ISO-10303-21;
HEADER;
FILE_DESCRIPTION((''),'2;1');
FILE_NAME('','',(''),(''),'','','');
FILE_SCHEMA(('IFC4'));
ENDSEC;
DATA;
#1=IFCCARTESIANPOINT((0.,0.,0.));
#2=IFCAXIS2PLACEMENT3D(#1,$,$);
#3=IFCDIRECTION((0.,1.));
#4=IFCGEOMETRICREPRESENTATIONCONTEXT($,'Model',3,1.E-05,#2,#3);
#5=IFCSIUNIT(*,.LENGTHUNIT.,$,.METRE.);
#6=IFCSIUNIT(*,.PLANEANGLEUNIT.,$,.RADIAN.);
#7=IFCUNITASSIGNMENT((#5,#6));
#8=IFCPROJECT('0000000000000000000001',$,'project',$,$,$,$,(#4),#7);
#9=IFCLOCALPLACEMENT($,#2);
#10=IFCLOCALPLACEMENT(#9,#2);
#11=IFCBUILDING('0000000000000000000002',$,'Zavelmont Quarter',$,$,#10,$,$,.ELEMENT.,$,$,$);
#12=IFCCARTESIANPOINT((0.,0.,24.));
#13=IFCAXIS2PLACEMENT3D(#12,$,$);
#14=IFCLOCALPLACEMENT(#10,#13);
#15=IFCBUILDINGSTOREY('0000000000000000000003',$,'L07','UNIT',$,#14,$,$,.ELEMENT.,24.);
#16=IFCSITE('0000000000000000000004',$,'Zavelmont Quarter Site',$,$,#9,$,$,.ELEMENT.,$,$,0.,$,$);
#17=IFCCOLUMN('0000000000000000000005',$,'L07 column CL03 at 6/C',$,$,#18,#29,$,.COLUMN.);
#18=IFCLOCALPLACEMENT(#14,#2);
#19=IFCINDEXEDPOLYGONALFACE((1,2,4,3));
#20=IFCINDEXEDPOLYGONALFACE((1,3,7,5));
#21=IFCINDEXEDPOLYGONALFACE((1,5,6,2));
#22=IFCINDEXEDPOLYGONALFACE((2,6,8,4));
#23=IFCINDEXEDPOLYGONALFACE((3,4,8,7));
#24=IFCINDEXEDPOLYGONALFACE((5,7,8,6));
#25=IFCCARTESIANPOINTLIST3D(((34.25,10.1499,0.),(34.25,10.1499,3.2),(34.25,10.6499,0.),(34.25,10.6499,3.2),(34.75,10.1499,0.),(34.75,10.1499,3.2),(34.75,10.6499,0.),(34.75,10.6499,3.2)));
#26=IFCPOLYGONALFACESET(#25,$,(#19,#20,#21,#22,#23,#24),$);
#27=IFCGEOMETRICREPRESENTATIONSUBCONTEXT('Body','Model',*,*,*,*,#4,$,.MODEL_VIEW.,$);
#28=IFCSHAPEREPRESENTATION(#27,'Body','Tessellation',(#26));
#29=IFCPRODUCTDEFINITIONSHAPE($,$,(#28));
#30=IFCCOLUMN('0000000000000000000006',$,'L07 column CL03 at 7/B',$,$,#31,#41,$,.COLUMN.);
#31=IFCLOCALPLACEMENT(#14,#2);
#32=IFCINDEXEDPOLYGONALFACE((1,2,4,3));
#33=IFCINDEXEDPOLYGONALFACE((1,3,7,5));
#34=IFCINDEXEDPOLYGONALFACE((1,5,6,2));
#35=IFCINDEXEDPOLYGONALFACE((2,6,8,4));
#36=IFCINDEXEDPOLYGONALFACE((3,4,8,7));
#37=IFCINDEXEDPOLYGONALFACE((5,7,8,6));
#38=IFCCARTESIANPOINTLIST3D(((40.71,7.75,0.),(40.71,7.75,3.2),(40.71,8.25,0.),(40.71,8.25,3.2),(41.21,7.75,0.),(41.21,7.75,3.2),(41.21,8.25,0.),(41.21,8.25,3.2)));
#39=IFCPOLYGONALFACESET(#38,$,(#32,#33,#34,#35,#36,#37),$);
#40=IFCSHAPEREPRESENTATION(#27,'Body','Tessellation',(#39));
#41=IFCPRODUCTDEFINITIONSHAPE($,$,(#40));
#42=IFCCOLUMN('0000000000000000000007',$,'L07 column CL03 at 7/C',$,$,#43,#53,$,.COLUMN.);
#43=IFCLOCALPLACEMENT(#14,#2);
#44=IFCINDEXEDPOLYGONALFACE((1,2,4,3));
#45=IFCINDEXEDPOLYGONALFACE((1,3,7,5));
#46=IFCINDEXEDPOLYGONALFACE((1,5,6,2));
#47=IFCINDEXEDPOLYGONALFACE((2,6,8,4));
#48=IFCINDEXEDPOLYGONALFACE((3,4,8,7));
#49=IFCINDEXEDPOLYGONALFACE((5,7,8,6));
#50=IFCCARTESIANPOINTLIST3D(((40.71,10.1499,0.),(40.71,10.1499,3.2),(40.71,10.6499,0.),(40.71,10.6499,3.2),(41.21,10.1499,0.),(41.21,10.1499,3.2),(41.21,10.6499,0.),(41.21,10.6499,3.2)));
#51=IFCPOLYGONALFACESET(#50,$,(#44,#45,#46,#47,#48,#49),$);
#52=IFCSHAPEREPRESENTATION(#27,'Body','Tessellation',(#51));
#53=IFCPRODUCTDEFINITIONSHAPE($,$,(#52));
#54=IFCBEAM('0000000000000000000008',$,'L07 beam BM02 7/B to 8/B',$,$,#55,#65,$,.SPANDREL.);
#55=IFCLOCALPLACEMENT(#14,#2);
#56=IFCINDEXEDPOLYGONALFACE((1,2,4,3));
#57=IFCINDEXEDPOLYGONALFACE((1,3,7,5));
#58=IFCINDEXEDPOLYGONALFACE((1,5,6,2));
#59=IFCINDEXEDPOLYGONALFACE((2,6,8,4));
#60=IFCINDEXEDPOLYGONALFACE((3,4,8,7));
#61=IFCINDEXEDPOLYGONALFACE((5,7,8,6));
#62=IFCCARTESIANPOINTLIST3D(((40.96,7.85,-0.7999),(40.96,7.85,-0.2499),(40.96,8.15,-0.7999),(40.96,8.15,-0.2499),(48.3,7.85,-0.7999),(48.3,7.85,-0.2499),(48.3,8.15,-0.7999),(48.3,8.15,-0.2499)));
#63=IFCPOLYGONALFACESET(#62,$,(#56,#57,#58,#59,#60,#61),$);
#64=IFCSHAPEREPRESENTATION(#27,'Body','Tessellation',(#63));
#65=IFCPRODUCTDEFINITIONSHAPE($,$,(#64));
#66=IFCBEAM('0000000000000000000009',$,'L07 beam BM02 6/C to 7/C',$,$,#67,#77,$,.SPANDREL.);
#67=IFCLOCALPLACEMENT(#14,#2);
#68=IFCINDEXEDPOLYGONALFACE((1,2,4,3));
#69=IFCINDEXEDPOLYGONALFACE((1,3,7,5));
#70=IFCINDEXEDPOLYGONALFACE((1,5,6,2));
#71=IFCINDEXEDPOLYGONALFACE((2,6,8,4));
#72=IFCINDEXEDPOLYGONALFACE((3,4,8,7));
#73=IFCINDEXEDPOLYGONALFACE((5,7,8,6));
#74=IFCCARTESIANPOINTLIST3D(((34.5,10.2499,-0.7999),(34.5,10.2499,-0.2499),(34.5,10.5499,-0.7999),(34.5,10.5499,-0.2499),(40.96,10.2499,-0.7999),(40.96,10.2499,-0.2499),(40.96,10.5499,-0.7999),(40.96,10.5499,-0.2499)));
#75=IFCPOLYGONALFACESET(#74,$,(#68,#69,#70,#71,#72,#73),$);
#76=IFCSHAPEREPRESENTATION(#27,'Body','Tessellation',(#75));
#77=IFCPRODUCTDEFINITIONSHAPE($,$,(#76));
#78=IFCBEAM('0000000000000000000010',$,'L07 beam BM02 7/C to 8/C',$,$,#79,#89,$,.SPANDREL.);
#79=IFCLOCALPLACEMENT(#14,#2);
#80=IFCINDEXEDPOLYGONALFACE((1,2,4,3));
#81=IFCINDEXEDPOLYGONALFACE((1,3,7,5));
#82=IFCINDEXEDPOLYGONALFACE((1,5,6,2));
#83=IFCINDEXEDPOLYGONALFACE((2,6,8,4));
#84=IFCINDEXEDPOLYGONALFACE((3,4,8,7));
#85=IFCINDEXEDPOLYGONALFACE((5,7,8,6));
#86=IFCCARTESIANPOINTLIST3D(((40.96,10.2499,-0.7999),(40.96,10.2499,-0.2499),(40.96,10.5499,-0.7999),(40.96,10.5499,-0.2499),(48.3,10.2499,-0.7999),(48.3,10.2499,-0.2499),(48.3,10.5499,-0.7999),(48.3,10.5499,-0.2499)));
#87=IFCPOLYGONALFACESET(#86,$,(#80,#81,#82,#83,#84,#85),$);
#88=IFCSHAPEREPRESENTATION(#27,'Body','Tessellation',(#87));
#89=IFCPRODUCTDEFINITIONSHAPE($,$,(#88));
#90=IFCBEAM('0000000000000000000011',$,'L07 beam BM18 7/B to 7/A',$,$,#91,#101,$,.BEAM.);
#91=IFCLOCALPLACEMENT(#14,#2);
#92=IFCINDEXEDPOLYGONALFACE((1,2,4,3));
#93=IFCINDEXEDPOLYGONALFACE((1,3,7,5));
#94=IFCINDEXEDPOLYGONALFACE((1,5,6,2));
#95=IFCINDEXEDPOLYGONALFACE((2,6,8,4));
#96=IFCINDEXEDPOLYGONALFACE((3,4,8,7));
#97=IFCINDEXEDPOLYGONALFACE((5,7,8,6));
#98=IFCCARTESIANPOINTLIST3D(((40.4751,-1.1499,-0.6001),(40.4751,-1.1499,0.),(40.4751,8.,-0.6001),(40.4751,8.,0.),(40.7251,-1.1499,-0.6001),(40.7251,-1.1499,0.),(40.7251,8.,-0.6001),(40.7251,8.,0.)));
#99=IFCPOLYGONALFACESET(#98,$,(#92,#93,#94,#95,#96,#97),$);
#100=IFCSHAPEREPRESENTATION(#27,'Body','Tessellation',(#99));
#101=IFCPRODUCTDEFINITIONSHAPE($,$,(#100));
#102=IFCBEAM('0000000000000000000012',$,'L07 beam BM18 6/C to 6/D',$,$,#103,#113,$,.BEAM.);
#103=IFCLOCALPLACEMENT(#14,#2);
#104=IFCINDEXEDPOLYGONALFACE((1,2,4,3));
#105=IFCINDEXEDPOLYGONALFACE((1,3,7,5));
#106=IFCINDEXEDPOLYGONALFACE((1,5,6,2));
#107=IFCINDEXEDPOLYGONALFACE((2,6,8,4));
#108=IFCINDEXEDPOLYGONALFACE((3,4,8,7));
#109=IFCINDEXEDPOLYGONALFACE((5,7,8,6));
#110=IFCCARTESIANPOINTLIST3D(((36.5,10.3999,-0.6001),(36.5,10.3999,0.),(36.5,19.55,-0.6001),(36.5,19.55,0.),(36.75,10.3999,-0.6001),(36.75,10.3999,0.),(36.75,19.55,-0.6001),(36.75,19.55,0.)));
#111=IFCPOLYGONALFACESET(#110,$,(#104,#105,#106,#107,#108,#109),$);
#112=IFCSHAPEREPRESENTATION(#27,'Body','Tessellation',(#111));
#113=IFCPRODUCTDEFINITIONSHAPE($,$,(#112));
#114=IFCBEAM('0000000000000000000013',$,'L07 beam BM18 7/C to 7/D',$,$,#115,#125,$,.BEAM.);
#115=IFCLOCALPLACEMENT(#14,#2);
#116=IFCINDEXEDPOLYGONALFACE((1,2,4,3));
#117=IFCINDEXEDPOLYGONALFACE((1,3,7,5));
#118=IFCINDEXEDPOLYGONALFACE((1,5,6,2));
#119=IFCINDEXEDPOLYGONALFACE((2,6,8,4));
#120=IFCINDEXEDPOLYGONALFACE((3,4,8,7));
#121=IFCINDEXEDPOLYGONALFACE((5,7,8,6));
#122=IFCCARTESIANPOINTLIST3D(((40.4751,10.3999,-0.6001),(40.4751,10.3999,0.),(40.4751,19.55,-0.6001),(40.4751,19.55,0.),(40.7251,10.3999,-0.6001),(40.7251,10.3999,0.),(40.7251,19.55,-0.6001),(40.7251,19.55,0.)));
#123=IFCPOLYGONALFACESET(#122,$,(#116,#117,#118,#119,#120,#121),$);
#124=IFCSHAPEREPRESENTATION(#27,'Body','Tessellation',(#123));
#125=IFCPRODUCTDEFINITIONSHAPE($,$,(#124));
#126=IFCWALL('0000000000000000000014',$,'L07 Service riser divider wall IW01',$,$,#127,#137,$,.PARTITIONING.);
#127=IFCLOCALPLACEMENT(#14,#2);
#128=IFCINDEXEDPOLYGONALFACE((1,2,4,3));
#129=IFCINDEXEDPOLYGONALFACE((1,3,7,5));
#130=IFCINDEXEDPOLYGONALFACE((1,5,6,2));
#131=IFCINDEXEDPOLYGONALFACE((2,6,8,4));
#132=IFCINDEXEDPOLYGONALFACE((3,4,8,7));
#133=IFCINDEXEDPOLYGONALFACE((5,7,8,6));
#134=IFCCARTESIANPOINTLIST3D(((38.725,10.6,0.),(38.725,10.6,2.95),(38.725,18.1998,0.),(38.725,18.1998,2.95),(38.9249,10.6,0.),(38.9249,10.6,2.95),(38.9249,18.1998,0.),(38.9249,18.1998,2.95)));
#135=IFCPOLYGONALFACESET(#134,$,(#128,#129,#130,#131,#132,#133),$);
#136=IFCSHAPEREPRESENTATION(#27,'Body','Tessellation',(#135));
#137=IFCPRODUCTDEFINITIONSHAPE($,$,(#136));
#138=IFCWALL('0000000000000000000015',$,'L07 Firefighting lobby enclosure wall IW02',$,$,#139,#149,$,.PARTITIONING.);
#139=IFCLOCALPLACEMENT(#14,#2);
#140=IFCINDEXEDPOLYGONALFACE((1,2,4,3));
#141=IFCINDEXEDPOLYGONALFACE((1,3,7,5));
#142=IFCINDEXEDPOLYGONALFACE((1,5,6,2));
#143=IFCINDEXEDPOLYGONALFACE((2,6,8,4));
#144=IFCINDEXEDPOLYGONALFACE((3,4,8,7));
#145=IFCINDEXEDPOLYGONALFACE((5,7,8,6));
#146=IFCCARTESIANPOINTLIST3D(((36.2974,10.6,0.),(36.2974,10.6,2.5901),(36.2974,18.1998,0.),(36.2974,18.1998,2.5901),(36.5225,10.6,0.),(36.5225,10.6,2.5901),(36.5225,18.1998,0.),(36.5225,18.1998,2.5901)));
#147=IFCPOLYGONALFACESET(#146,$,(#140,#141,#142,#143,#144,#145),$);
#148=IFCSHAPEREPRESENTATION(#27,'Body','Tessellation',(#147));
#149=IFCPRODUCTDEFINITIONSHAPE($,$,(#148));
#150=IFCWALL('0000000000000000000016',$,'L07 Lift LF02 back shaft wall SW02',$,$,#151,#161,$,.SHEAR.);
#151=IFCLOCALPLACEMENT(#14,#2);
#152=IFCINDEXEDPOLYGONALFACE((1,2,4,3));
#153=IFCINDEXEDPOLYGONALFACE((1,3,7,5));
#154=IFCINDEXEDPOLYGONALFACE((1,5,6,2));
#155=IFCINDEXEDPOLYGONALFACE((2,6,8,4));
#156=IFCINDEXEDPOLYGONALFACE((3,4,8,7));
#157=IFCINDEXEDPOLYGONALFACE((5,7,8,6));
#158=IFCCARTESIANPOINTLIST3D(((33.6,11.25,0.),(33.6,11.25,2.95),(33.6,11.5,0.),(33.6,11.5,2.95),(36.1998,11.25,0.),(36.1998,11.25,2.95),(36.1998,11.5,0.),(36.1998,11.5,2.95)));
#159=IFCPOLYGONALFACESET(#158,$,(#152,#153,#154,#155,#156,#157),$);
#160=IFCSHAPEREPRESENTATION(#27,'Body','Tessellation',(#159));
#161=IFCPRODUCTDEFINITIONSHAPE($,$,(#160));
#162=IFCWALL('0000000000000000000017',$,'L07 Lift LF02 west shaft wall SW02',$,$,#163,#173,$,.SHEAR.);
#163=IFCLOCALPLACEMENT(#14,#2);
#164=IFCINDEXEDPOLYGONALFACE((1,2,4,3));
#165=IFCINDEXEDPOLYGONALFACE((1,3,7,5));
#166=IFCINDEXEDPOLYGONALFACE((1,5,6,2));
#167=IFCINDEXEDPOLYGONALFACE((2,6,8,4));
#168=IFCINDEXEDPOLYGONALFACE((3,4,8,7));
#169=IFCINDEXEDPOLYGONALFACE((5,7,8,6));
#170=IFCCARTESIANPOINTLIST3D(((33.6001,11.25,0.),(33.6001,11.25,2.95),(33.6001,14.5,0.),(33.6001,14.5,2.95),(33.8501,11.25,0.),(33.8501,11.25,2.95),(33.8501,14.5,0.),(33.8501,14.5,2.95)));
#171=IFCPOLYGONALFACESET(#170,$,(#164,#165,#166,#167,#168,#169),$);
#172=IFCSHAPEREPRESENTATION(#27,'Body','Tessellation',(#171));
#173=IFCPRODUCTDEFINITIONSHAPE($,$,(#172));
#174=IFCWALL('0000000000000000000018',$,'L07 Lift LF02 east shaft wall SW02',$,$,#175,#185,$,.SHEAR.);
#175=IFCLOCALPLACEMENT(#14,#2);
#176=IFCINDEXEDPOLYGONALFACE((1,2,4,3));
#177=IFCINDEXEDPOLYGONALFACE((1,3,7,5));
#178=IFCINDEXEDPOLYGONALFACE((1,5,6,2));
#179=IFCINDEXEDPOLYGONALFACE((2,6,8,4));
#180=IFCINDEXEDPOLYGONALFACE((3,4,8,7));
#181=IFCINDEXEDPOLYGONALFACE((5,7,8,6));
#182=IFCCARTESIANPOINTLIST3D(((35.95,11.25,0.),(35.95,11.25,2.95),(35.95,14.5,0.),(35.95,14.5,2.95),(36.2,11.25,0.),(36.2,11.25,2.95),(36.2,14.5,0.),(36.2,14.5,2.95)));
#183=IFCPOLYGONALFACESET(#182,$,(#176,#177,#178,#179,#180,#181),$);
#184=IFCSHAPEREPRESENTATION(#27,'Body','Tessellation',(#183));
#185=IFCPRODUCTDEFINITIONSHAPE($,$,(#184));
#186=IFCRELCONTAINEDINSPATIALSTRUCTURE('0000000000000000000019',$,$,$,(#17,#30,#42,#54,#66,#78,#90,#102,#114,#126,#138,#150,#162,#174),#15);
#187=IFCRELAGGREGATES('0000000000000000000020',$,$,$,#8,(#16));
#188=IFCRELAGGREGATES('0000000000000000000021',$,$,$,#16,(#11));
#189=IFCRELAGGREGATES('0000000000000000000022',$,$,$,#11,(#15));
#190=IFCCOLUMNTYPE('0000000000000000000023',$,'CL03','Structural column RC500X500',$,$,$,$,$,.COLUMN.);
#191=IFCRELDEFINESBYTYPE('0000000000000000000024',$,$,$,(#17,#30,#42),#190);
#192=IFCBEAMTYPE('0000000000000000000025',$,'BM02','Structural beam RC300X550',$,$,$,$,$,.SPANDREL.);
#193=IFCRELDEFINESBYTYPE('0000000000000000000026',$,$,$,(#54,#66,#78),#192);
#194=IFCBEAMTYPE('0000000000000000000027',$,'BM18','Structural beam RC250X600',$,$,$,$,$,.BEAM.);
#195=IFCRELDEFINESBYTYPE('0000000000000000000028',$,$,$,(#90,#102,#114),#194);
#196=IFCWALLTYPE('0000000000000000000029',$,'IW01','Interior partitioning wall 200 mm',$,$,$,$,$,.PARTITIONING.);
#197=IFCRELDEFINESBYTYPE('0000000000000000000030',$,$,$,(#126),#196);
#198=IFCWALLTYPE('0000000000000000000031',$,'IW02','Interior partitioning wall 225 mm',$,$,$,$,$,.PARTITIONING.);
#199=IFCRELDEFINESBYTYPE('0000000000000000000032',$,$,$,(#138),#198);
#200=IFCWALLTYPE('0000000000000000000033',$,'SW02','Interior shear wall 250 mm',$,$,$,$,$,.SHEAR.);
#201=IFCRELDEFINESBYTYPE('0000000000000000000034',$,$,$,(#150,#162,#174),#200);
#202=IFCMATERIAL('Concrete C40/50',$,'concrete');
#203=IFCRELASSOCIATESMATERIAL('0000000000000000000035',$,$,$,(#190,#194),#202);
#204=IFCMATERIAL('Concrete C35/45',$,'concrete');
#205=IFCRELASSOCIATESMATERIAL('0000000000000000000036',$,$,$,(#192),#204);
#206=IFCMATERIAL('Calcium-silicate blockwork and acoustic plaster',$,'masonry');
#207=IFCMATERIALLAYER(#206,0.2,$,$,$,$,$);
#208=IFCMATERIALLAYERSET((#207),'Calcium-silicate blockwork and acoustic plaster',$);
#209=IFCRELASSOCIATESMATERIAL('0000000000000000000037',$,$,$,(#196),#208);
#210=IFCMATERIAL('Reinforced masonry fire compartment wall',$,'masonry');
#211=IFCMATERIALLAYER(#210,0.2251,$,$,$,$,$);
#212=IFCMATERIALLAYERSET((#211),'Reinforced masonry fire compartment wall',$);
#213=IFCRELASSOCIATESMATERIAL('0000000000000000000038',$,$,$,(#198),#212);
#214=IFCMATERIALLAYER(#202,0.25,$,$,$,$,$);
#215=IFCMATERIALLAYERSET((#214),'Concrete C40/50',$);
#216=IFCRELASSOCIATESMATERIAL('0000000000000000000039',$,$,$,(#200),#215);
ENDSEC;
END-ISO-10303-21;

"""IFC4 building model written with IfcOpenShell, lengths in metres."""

from ifc_helpers import new_model, si_unit, direction, frame, frame_2d, origin, origin_2d, place, context, subcontext, project, spatial, rectangle, extrude, material, layer, layer_set, material_profile, profile_set, type_object, element, save


model = new_model("IFC4")

# Units and contexts
model_context = context("Model", 3, precision=1e-05, world=origin(), true_north=direction((0.0, 1.0)))
body_context = subcontext(model_context, "Body", "Model", "MODEL_VIEW")
ifc_project = project(units=[si_unit("LENGTHUNIT", "METRE"), si_unit("PLANEANGLEUNIT", "RADIAN")], contexts=[model_context])

# Site, building, storey
site_placement = place(None, origin())
site = spatial("IfcSite", under=ifc_project, at=site_placement, Name="Zavelmont Quarter Site", CompositionType="ELEMENT", RefElevation=0.0)
building_placement = place(site_placement, origin())
building = spatial("IfcBuilding", under=site, at=building_placement, Name="Zavelmont Quarter", CompositionType="ELEMENT")
storey_placement = place(building_placement, frame((0.0, 0.0, 24.0)))
storey = spatial("IfcBuildingStorey", under=building, at=storey_placement, Name="L07", Description="UNIT", CompositionType="ELEMENT", Elevation=24.0)

# Columns
ifc_material_1 = material(Name="Concrete C40/50", Category="concrete")
ifc_material_profile_1 = material_profile(ifc_material_1, rectangle(XDim=0.5, YDim=0.5, at=origin_2d()), Name="RC500X500")
ifc_profile_set_1 = profile_set([ifc_material_profile_1], Name="Concrete C40/50")
column_type = type_object("IfcColumnType", Name="CL03", Description="Structural column RC500X500", PredefinedType="COLUMN", material=ifc_profile_set_1)
for number, where, z_axis, x_axis, name in (
    (1, (34.5, 10.3999, 0.0), (0.0, 0.0, 1.0), (1.0, 0.0, 0.0), "L07 column CL03 at 6/C"),
    (2, (40.96, 8.0, 0.0), (0.0, 0.0, 1.0), (1.0, 0.0, 0.0), "L07 column CL03 at 7/B"),
    (3, (40.96, 10.3999, 0.0), (0.0, 0.0, 1.0), (1.0, 0.0, 0.0), "L07 column CL03 at 7/C"),
):
    element("IfcColumn", number, at=place(storey_placement, frame(where, z_axis=z_axis, x_axis=x_axis)), inside=storey, type_object=column_type, Name=name, PredefinedType="COLUMN", context=body_context, shape_type="SweptSolid", body=[
        extrude(rectangle(XDim=0.5, YDim=0.5, at=origin_2d()), origin(), (0.0, 0.0, 1.0), 3.2),
    ])

# Beams
ifc_material_2 = material(Name="Concrete C35/45", Category="concrete")
ifc_material_profile_2 = material_profile(ifc_material_2, rectangle(XDim=0.3, YDim=0.55, at=origin_2d()), Name="RC300X550")
ifc_profile_set_2 = profile_set([ifc_material_profile_2], Name="Concrete C35/45")
beam_type_1 = type_object("IfcBeamType", Name="BM02", Description="Structural beam RC300X550", PredefinedType="SPANDREL", material=ifc_profile_set_2)
beam_1_placement = place(storey_placement, frame((40.96, 8.0, -0.5249), z_axis=(1.0, 0.0, 0.0), x_axis=(0.0, 1.0, 0.0)))
element("IfcBeam", 4, at=beam_1_placement, inside=storey, type_object=beam_type_1, Name="L07 beam BM02 7/B to 8/B", PredefinedType="SPANDREL", context=body_context, shape_type="SweptSolid", body=[
    extrude(rectangle(XDim=0.3, YDim=0.55, at=origin_2d()), origin(), (0.0, 0.0, 1.0), 7.3401),
])
beam_2_placement = place(storey_placement, frame((34.5, 10.3999, -0.5249), z_axis=(1.0, 0.0, 0.0), x_axis=(0.0, 1.0, 0.0)))
element("IfcBeam", 5, at=beam_2_placement, inside=storey, type_object=beam_type_1, Name="L07 beam BM02 6/C to 7/C", PredefinedType="SPANDREL", context=body_context, shape_type="SweptSolid", body=[
    extrude(rectangle(XDim=0.3, YDim=0.55, at=origin_2d()), origin(), (0.0, 0.0, 1.0), 6.46),
])
beam_3_placement = place(storey_placement, frame((40.96, 10.3999, -0.5249), z_axis=(1.0, 0.0, 0.0), x_axis=(0.0, 1.0, 0.0)))
element("IfcBeam", 6, at=beam_3_placement, inside=storey, type_object=beam_type_1, Name="L07 beam BM02 7/C to 8/C", PredefinedType="SPANDREL", context=body_context, shape_type="SweptSolid", body=[
    extrude(rectangle(XDim=0.3, YDim=0.55, at=origin_2d()), origin(), (0.0, 0.0, 1.0), 7.3401),
])
ifc_material_profile_3 = material_profile(ifc_material_1, rectangle(XDim=0.25, YDim=0.6001, at=origin_2d()), Name="RC250X600")
ifc_profile_set_3 = profile_set([ifc_material_profile_3], Name="Concrete C40/50")
beam_type_2 = type_object("IfcBeamType", Name="BM18", Description="Structural beam RC250X600", PredefinedType="BEAM", material=ifc_profile_set_3)
beam_4_placement = place(storey_placement, frame((40.6001, 8.0, -0.3), z_axis=(0.0, -1.0, 0.0), x_axis=(1.0, 0.0, 0.0)))
element("IfcBeam", 7, at=beam_4_placement, inside=storey, type_object=beam_type_2, Name="L07 beam BM18 7/B to 7/A", PredefinedType="BEAM", context=body_context, shape_type="SweptSolid", body=[
    extrude(rectangle(XDim=0.25, YDim=0.6001, at=origin_2d()), origin(), (0.0, 0.0, 1.0), 9.1499),
])
for number, where, z_axis, x_axis, name in (
    (8, (36.625, 10.3999, -0.3), (0.0, 1.0, 0.0), (-1.0, 0.0, 0.0), "L07 beam BM18 6/C to 6/D"),
    (9, (40.6001, 10.3999, -0.3), (0.0, 1.0, 0.0), (-1.0, 0.0, 0.0), "L07 beam BM18 7/C to 7/D"),
):
    element("IfcBeam", number, at=place(storey_placement, frame(where, z_axis=z_axis, x_axis=x_axis)), inside=storey, type_object=beam_type_2, Name=name, PredefinedType="BEAM", context=body_context, shape_type="SweptSolid", body=[
        extrude(rectangle(XDim=0.25, YDim=0.6001, at=origin_2d()), origin(), (0.0, 0.0, 1.0), 9.1501),
    ])

# Wall
ifc_material_3 = material(Name="Calcium-silicate blockwork and acoustic plaster", Category="masonry")
ifc_layer_1 = layer(ifc_material_3, 0.2)
ifc_layer_set_1 = layer_set([ifc_layer_1], Name="Calcium-silicate blockwork and acoustic plaster")
wall_type_1 = type_object("IfcWallType", Name="IW01", Description="Interior partitioning wall 200 mm", PredefinedType="PARTITIONING", material=ifc_layer_set_1)
wall_1_placement = place(storey_placement, frame((38.825, 10.6001, 0.0), z_axis=(0.0, 0.0, 1.0), x_axis=(0.0, 1.0, 0.0)))
element("IfcWall", 10, at=wall_1_placement, inside=storey, type_object=wall_type_1, Name="L07 Service riser divider wall IW01", PredefinedType="PARTITIONING", context=body_context, shape_type="SweptSolid", body=[
    extrude(rectangle(XDim=7.5999, YDim=0.2, at=frame_2d((3.7998, 0.0))), origin(), (0.0, 0.0, 1.0), 2.95),
])

# Wall
ifc_material_4 = material(Name="Reinforced masonry fire compartment wall", Category="masonry")
ifc_layer_2 = layer(ifc_material_4, 0.2251)
ifc_layer_set_2 = layer_set([ifc_layer_2], Name="Reinforced masonry fire compartment wall")
wall_type_2 = type_object("IfcWallType", Name="IW02", Description="Interior partitioning wall 225 mm", PredefinedType="PARTITIONING", material=ifc_layer_set_2)
wall_2_placement = place(storey_placement, frame((36.4099, 10.6001, 0.0), z_axis=(0.0, 0.0, 1.0), x_axis=(0.0, 1.0, 0.0)))
element("IfcWall", 11, at=wall_2_placement, inside=storey, type_object=wall_type_2, Name="L07 Firefighting lobby enclosure wall IW02", PredefinedType="PARTITIONING", context=body_context, shape_type="SweptSolid", body=[
    extrude(rectangle(XDim=7.5999, YDim=0.2251, at=frame_2d((3.7998, 0.0))), origin(), (0.0, 0.0, 1.0), 2.5901),
])

# Walls
ifc_layer_3 = layer(ifc_material_1, 0.25)
ifc_layer_set_3 = layer_set([ifc_layer_3], Name="Concrete C40/50")
wall_type_3 = type_object("IfcWallType", Name="SW02", Description="Interior shear wall 250 mm", PredefinedType="SHEAR", material=ifc_layer_set_3)
wall_3_placement = place(storey_placement, frame((33.6001, 11.375, 0.0), z_axis=(0.0, 0.0, 1.0), x_axis=(1.0, 0.0, 0.0)))
element("IfcWall", 12, at=wall_3_placement, inside=storey, type_object=wall_type_3, Name="L07 Lift LF02 back shaft wall SW02", PredefinedType="SHEAR", context=body_context, shape_type="SweptSolid", body=[
    extrude(rectangle(XDim=2.5999, YDim=0.25, at=frame_2d((1.2998, 0.0))), origin(), (0.0, 0.0, 1.0), 2.95),
])
for number, where, z_axis, x_axis, name in (
    (13, (33.7251, 11.25, 0.0), (0.0, 0.0, 1.0), (0.0, 1.0, 0.0), "L07 Lift LF02 west shaft wall SW02"),
    (14, (36.075, 11.25, 0.0), (0.0, 0.0, 1.0), (0.0, 1.0, 0.0), "L07 Lift LF02 east shaft wall SW02"),
):
    element("IfcWall", number, at=place(storey_placement, frame(where, z_axis=z_axis, x_axis=x_axis)), inside=storey, type_object=wall_type_3, Name=name, PredefinedType="SHEAR", context=body_context, shape_type="SweptSolid", body=[
        extrude(rectangle(XDim=3.25, YDim=0.25, at=frame_2d((1.625, 0.0))), origin(), (0.0, 0.0, 1.0), 2.95),
    ])

save(model, "model.ifc")
